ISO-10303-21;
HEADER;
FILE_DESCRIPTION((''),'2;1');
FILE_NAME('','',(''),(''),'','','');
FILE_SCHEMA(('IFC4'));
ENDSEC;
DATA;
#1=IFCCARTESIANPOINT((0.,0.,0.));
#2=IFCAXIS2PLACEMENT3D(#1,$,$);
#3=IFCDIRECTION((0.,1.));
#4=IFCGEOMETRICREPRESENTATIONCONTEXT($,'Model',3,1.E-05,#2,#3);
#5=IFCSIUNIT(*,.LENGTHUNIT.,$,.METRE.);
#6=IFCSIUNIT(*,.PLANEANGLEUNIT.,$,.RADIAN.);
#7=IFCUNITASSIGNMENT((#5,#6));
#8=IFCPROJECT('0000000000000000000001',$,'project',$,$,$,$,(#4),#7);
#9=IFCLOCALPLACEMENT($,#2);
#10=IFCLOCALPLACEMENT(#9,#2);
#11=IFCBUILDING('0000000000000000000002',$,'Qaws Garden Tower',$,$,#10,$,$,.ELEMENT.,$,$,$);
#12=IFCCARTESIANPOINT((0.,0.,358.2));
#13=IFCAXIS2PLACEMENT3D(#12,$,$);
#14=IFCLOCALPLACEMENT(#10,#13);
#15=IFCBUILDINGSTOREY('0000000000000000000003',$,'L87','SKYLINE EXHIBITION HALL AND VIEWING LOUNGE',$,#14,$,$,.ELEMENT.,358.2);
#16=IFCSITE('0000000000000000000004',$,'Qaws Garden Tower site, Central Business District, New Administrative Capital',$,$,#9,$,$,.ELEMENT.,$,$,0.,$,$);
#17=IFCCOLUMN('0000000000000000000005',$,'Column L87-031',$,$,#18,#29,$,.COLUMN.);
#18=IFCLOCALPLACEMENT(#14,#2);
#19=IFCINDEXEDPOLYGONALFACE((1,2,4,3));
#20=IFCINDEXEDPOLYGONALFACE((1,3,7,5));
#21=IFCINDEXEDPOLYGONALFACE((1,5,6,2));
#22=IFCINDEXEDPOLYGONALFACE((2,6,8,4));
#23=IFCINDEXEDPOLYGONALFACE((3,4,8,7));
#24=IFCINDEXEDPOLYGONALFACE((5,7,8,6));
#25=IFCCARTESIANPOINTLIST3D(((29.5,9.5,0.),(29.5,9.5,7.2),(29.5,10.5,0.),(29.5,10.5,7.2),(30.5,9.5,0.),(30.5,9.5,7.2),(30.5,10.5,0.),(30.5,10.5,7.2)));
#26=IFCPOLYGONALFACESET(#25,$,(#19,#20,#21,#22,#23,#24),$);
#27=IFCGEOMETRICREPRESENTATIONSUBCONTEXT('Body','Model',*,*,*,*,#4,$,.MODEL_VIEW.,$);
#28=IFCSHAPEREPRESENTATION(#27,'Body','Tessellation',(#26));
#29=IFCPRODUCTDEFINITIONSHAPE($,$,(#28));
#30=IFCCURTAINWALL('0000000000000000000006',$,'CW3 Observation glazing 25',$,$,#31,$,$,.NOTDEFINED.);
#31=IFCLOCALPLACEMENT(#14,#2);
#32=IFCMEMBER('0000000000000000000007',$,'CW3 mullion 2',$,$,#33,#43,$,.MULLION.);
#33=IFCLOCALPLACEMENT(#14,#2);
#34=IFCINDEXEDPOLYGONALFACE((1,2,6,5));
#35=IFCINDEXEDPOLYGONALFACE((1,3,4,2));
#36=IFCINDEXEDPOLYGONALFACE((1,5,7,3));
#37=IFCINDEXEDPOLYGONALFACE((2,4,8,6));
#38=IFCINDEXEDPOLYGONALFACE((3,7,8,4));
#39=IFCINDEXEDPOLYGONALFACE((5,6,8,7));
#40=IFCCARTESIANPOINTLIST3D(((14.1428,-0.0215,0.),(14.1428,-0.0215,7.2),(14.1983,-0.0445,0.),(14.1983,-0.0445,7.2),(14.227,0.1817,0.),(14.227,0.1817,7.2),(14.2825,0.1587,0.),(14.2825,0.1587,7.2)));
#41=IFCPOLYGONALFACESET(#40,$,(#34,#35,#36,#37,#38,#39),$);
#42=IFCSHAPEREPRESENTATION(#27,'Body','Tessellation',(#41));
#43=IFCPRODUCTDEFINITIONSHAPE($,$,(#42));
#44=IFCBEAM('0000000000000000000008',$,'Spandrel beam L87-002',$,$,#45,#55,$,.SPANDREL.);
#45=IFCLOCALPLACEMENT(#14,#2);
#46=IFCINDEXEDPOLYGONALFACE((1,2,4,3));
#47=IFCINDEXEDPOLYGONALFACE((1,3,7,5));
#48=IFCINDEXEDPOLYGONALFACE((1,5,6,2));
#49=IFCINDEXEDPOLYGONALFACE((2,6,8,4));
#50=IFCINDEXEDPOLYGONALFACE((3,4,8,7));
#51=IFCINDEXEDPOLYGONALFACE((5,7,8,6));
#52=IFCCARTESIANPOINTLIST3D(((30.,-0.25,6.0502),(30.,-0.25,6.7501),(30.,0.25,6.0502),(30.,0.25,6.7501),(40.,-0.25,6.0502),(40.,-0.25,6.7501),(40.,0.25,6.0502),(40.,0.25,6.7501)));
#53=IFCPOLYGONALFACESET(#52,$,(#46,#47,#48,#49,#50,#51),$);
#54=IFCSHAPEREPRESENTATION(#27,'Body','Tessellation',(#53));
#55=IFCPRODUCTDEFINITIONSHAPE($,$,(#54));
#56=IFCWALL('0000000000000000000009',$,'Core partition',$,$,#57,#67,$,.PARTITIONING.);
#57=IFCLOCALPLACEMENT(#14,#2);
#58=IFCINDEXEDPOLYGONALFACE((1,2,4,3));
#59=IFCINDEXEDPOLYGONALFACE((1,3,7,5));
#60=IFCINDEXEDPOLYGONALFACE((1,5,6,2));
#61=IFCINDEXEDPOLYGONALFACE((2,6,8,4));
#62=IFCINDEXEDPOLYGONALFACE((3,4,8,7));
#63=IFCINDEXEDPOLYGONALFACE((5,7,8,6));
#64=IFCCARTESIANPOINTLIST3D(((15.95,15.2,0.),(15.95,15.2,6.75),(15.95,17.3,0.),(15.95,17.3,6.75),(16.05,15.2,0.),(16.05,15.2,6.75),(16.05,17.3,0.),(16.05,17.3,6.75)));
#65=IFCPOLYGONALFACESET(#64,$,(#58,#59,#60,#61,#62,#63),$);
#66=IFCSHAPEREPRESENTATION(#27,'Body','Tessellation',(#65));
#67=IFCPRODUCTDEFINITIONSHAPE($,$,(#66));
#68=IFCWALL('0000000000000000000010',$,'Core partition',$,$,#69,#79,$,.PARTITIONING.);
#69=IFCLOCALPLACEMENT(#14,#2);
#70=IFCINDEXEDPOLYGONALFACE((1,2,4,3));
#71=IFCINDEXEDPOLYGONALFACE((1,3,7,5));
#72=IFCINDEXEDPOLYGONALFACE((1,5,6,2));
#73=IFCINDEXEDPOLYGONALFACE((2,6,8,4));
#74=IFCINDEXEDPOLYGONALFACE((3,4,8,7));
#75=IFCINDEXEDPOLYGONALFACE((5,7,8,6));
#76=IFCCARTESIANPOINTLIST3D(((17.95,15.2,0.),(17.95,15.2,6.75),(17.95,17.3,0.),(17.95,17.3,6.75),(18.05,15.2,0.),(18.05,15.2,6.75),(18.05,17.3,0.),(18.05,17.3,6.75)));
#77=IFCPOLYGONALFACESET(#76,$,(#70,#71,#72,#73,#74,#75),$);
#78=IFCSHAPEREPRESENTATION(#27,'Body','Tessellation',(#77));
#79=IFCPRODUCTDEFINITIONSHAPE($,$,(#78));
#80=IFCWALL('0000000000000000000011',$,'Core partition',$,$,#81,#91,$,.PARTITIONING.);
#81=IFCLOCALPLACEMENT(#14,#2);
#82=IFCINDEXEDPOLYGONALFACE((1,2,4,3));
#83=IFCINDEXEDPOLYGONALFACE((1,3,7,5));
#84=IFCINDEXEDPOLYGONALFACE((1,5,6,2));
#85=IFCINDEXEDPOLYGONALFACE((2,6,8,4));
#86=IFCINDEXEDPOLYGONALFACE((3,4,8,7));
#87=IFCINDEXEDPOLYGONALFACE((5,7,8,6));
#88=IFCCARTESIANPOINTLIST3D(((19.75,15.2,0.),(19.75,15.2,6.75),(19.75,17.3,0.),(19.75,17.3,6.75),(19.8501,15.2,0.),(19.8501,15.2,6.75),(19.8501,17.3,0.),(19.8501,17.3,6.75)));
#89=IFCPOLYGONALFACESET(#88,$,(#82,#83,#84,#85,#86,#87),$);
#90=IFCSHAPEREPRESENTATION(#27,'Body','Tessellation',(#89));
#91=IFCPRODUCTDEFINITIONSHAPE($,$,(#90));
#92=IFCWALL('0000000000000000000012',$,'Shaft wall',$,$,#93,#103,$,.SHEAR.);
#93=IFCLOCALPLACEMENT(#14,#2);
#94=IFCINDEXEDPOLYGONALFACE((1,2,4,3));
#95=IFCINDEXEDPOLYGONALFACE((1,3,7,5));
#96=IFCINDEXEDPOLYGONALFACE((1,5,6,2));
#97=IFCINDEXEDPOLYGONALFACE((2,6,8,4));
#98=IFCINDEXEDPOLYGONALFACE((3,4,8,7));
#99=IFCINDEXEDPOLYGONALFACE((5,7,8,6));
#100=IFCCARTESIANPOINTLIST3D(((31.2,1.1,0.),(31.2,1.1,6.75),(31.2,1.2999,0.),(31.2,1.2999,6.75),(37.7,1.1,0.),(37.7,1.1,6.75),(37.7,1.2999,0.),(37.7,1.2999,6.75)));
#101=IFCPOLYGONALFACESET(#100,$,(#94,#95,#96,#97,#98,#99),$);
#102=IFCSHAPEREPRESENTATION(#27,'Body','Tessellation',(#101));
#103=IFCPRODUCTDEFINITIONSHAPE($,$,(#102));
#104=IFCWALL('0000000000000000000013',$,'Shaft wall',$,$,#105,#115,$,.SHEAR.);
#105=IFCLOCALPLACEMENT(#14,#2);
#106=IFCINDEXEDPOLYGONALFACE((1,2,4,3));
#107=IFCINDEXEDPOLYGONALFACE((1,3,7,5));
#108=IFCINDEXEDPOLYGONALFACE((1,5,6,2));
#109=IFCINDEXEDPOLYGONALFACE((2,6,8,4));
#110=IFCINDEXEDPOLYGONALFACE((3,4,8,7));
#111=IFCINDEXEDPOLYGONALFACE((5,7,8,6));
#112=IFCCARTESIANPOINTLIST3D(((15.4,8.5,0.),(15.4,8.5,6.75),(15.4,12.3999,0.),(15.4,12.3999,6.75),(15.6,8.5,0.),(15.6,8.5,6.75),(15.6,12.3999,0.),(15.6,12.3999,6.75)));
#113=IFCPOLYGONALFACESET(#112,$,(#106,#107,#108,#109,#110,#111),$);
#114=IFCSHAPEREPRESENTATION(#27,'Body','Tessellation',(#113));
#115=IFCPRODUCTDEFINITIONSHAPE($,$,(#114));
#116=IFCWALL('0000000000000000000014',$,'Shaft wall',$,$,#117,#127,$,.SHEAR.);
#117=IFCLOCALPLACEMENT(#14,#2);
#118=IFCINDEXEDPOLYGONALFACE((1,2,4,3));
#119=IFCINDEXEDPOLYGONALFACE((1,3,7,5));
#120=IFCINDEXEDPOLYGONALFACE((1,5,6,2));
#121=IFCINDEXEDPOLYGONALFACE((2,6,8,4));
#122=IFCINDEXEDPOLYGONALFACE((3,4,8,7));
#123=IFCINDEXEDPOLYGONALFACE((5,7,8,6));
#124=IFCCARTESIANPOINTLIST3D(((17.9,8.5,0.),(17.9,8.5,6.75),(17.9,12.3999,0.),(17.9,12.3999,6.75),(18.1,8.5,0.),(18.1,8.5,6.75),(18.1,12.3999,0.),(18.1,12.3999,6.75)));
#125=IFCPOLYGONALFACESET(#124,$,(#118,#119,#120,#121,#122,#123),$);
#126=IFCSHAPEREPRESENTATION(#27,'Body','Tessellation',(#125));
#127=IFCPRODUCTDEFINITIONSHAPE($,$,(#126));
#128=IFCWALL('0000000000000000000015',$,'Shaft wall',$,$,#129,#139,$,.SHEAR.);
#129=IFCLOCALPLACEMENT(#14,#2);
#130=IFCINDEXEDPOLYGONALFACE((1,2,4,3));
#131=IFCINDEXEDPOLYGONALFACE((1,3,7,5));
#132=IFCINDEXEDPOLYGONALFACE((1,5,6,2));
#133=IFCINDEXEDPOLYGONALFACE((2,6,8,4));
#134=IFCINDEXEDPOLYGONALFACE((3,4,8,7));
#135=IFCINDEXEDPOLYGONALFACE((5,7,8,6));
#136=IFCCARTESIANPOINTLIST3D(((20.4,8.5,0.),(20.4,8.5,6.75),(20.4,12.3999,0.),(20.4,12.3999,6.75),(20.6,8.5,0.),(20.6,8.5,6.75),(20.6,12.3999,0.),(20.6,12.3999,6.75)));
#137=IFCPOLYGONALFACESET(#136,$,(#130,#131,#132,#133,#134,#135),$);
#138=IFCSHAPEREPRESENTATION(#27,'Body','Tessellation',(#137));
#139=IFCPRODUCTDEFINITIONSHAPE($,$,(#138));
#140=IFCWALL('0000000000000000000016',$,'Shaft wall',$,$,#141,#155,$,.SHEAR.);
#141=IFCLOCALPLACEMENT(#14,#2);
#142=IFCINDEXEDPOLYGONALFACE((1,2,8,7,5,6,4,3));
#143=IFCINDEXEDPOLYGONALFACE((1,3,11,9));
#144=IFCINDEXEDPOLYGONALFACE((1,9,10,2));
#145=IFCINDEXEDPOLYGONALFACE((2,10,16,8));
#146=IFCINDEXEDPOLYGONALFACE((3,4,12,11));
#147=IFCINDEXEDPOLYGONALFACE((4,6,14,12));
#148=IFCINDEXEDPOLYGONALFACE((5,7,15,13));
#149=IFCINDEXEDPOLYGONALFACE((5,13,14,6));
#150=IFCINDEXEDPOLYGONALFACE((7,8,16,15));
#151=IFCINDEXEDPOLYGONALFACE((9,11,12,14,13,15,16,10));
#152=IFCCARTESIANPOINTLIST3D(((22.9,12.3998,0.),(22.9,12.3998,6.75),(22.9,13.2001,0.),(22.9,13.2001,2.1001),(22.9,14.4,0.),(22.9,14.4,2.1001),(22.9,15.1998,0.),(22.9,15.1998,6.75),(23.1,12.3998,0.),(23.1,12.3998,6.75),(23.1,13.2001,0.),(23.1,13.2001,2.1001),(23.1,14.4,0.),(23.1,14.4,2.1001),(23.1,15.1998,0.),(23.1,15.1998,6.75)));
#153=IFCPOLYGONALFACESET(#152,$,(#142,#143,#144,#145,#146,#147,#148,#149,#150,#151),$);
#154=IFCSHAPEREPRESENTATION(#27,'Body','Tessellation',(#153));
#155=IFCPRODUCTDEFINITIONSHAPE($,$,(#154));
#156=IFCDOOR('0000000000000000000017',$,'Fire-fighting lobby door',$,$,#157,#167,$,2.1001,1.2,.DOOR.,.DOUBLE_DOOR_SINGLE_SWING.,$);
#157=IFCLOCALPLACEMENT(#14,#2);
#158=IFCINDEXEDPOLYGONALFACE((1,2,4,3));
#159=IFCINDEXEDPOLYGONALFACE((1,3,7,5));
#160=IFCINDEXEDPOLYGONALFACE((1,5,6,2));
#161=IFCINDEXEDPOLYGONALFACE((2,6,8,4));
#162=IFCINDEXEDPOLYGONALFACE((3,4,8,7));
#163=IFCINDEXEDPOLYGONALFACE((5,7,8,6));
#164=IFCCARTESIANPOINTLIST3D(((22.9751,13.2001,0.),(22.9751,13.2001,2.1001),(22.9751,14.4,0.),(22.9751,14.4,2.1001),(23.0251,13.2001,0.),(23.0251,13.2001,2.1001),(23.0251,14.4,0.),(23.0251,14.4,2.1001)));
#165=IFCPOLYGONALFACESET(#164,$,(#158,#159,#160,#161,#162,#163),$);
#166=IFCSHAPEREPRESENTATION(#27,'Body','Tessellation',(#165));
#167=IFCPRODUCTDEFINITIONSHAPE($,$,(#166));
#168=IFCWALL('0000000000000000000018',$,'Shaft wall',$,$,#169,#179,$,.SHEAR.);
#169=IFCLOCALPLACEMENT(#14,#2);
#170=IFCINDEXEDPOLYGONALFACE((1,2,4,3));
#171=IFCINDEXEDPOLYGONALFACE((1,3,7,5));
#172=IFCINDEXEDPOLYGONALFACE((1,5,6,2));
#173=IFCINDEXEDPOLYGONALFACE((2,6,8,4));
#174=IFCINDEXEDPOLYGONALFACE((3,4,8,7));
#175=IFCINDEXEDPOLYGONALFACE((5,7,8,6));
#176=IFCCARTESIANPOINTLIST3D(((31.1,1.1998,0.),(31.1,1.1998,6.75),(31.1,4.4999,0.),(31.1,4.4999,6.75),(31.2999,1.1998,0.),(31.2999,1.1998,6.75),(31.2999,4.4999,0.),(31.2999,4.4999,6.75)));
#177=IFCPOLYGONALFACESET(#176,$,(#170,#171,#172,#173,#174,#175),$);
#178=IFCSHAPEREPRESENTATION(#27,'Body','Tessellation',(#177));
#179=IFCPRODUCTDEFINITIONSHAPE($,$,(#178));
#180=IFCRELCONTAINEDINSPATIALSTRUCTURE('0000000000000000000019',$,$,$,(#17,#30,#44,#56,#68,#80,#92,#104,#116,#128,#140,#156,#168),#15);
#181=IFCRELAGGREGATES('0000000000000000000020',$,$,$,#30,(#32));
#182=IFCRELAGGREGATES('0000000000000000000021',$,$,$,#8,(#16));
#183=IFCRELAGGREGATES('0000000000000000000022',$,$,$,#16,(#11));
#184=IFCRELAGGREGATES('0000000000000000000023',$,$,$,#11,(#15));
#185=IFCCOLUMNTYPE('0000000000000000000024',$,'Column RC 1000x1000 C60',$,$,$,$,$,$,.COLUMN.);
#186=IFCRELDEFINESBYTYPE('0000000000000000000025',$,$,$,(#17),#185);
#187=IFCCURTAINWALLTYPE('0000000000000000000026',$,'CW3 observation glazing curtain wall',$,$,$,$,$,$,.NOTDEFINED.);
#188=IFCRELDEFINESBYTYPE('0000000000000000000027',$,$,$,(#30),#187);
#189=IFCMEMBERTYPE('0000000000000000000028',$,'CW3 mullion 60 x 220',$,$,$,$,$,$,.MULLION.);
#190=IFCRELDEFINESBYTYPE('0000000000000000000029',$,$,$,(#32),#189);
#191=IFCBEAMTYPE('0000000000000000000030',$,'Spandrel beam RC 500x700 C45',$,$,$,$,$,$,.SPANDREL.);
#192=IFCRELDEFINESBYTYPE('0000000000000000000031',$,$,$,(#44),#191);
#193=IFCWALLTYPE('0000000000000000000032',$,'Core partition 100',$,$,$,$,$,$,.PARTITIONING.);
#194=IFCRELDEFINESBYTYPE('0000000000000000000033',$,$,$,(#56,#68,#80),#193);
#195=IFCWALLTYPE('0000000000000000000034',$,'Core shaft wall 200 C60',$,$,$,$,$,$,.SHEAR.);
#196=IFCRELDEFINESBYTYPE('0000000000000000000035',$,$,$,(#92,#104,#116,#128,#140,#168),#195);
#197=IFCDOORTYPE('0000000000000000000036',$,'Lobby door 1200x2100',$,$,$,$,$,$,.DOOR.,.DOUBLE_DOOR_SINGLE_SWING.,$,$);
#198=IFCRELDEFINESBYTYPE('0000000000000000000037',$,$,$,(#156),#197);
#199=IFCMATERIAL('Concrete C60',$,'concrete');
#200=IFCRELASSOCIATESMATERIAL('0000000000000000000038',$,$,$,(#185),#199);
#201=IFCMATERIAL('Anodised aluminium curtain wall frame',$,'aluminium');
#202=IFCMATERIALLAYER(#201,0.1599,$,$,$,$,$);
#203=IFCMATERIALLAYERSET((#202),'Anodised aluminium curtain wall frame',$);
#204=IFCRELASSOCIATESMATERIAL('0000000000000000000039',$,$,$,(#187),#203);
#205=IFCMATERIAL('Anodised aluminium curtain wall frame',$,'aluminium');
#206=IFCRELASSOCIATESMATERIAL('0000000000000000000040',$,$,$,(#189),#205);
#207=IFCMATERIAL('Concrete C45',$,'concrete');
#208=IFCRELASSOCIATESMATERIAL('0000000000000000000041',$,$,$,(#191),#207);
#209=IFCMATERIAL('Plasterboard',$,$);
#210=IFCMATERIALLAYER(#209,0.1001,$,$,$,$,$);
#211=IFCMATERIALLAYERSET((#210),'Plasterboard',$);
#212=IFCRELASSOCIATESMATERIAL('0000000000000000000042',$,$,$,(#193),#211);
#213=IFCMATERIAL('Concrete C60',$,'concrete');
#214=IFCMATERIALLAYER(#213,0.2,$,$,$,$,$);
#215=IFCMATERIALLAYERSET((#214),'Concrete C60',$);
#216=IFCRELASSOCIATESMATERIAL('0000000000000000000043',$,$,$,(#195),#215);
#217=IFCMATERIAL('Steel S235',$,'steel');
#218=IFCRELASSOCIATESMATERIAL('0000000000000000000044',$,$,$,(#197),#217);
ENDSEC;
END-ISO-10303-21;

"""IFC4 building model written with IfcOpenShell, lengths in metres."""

from ifc_helpers import new_model, si_unit, direction, frame, frame_2d, origin, origin_2d, place, context, subcontext, project, spatial, rectangle, extrude, material, layer, layer_set, material_profile, profile_set, type_object, element, fill, aggregate, save


model = new_model("IFC4")

# Units and contexts
model_context = context("Model", 3, precision=1e-05, world=origin(), true_north=direction((0.0, 1.0)))
body_context = subcontext(model_context, "Body", "Model", "MODEL_VIEW")
ifc_project = project(units=[si_unit("LENGTHUNIT", "METRE"), si_unit("PLANEANGLEUNIT", "RADIAN")], contexts=[model_context])

# Site, building, storey
site_placement = place(None, origin())
site = spatial("IfcSite", under=ifc_project, at=site_placement, Name="Qaws Garden Tower site, Central Business District, New Administrative Capital", CompositionType="ELEMENT", RefElevation=0.0)
building_placement = place(site_placement, origin())
building = spatial("IfcBuilding", under=site, at=building_placement, Name="Qaws Garden Tower", CompositionType="ELEMENT")
storey_placement = place(building_placement, frame((0.0, 0.0, 358.2)))
storey = spatial("IfcBuildingStorey", under=building, at=storey_placement, Name="L87", Description="SKYLINE EXHIBITION HALL AND VIEWING LOUNGE", CompositionType="ELEMENT", Elevation=358.2)

# Column
ifc_material_1 = material(Name="Concrete C60", Category="concrete")
ifc_material_profile_1 = material_profile(ifc_material_1, rectangle(XDim=1.0, YDim=1.0, at=origin_2d()), Name="RC 1000x1000")
ifc_profile_set_1 = profile_set([ifc_material_profile_1], Name="Concrete C60")
column_type = type_object("IfcColumnType", Name="Column RC 1000x1000 C60", PredefinedType="COLUMN", material=ifc_profile_set_1)
column_placement = place(storey_placement, frame((30.0, 10.0, 0.0), z_axis=(0.0, 0.0, 1.0), x_axis=(1.0, 0.0, 0.0)))
element("IfcColumn", 1, at=column_placement, inside=storey, type_object=column_type, Name="Column L87-031", PredefinedType="COLUMN", context=body_context, shape_type="SweptSolid", body=[
    extrude(rectangle(XDim=1.0, YDim=1.0, at=origin_2d()), origin(), (0.0, 0.0, 1.0), 7.2),
])

# Curtain wall, member
ifc_material_2 = material(Name="Anodised aluminium curtain wall frame", Category="aluminium")
ifc_layer_1 = layer(ifc_material_2, 0.1599)
ifc_layer_set_1 = layer_set([ifc_layer_1], Name="Anodised aluminium curtain wall frame")
curtain_wall_type = type_object("IfcCurtainWallType", Name="CW3 observation glazing curtain wall", PredefinedType="NOTDEFINED", material=ifc_layer_set_1)
curtain_wall_placement = place(storey_placement, origin())
curtain_wall = element("IfcCurtainWall", 2, at=curtain_wall_placement, inside=storey, type_object=curtain_wall_type, Name="CW3 Observation glazing 25", PredefinedType="NOTDEFINED")
ifc_material_3 = material(Name="Anodised aluminium curtain wall frame", Category="aluminium")
ifc_material_profile_2 = material_profile(ifc_material_3, rectangle(XDim=0.22, YDim=0.0601, at=origin_2d()), Name="AL 60x220")
ifc_profile_set_2 = profile_set([ifc_material_profile_2], Name="Anodised aluminium curtain wall frame")
member_type = type_object("IfcMemberType", Name="CW3 mullion 60 x 220", PredefinedType="MULLION", material=ifc_profile_set_2)
member_placement = place(storey_placement, frame((14.2126, 0.0686, 0.0), z_axis=(0.0, 0.0, 1.0), x_axis=(0.382683, 0.92388, 0.0)))
member = element("IfcMember", 3, at=member_placement, type_object=member_type, Name="CW3 mullion 2", PredefinedType="MULLION", context=body_context, shape_type="SweptSolid", body=[
    extrude(rectangle(XDim=0.22, YDim=0.0601, at=origin_2d()), origin(), (0.0, 0.0, 1.0), 7.2),
])
aggregate(curtain_wall, [member])

# Beam
ifc_material_4 = material(Name="Concrete C45", Category="concrete")
ifc_material_profile_3 = material_profile(ifc_material_4, rectangle(XDim=0.5, YDim=0.7, at=origin_2d()), Name="RC 500x700")
ifc_profile_set_3 = profile_set([ifc_material_profile_3], Name="Concrete C45")
beam_type = type_object("IfcBeamType", Name="Spandrel beam RC 500x700 C45", PredefinedType="SPANDREL", material=ifc_profile_set_3)
beam_placement = place(storey_placement, frame((30.0, 0.0, 6.4001), z_axis=(1.0, 0.0, 0.0), x_axis=(0.0, 1.0, 0.0)))
element("IfcBeam", 4, at=beam_placement, inside=storey, type_object=beam_type, Name="Spandrel beam L87-002", PredefinedType="SPANDREL", context=body_context, shape_type="SweptSolid", body=[
    extrude(rectangle(XDim=0.5, YDim=0.7, at=origin_2d()), origin(), (0.0, 0.0, 1.0), 10.0),
])

# Walls
ifc_material_5 = material(Name="Plasterboard")
ifc_layer_2 = layer(ifc_material_5, 0.1001)
ifc_layer_set_2 = layer_set([ifc_layer_2], Name="Plasterboard")
wall_type_1 = type_object("IfcWallType", Name="Core partition 100", PredefinedType="PARTITIONING", material=ifc_layer_set_2)
for number, where, z_axis, x_axis, name in (
    (5, (16.0, 15.2, 0.0), (0.0, 0.0, 1.0), (0.0, 1.0, 0.0), "Core partition"),
    (6, (18.0, 15.2, 0.0), (0.0, 0.0, 1.0), (0.0, 1.0, 0.0), "Core partition"),
    (7, (19.8, 15.2, 0.0), (0.0, 0.0, 1.0), (0.0, 1.0, 0.0), "Core partition"),
):
    element("IfcWall", number, at=place(storey_placement, frame(where, z_axis=z_axis, x_axis=x_axis)), inside=storey, type_object=wall_type_1, Name=name, PredefinedType="PARTITIONING", context=body_context, shape_type="SweptSolid", body=[
        extrude(rectangle(XDim=2.1001, YDim=0.1001, at=frame_2d((1.05, 0.0))), origin(), (0.0, 0.0, 1.0), 6.75),
    ])
ifc_material_6 = material(Name="Concrete C60", Category="concrete")
ifc_layer_3 = layer(ifc_material_6, 0.2)
ifc_layer_set_3 = layer_set([ifc_layer_3], Name="Concrete C60")
wall_type_2 = type_object("IfcWallType", Name="Core shaft wall 200 C60", PredefinedType="SHEAR", material=ifc_layer_set_3)
wall_1_placement = place(storey_placement, frame((31.2, 1.2, 0.0), z_axis=(0.0, 0.0, 1.0), x_axis=(1.0, 0.0, 0.0)))
element("IfcWall", 8, at=wall_1_placement, inside=storey, type_object=wall_type_2, Name="Shaft wall", PredefinedType="SHEAR", context=body_context, shape_type="SweptSolid", body=[
    extrude(rectangle(XDim=6.5, YDim=0.2, at=frame_2d((3.25, 0.0))), origin(), (0.0, 0.0, 1.0), 6.75),
])
for number, where, z_axis, x_axis, name in (
    (9, (15.5, 8.5, 0.0), (0.0, 0.0, 1.0), (0.0, 1.0, 0.0), "Shaft wall"),
    (10, (18.0, 8.5, 0.0), (0.0, 0.0, 1.0), (0.0, 1.0, 0.0), "Shaft wall"),
    (11, (20.5, 8.5, 0.0), (0.0, 0.0, 1.0), (0.0, 1.0, 0.0), "Shaft wall"),
):
    element("IfcWall", number, at=place(storey_placement, frame(where, z_axis=z_axis, x_axis=x_axis)), inside=storey, type_object=wall_type_2, Name=name, PredefinedType="SHEAR", context=body_context, shape_type="SweptSolid", body=[
        extrude(rectangle(XDim=3.8999, YDim=0.2, at=frame_2d((1.95, 0.0))), origin(), (0.0, 0.0, 1.0), 6.75),
    ])

# Wall, opening, door
wall_2_placement = place(storey_placement, frame((23.0, 12.3999, 0.0), z_axis=(0.0, 0.0, 1.0), x_axis=(0.0, 1.0, 0.0)))
wall_2 = element("IfcWall", 12, at=wall_2_placement, inside=storey, type_object=wall_type_2, Name="Shaft wall", PredefinedType="SHEAR", context=body_context, shape_type="SweptSolid", body=[
    extrude(rectangle(XDim=2.8, YDim=0.2, at=frame_2d((1.3999, 0.0))), origin(), (0.0, 0.0, 1.0), 6.75),
])
opening_1_placement = place(wall_2_placement, frame((0.8, 0.0, 0.0)))
opening_1 = element("IfcOpeningElement", 13, at=opening_1_placement, cuts=wall_2, PredefinedType="OPENING", context=body_context, shape_type="SweptSolid", body=[
    extrude(rectangle(XDim=1.2, YDim=2.1001, at=frame_2d((0.6001, 1.05))), frame((0.0, 0.1099, 0.0), z_axis=(0.0, -1.0, 0.0), x_axis=(1.0, 0.0, 0.0)), (0.0, 0.0, 1.0), 0.22),
])
ifc_material_7 = material(Name="Steel S235", Category="steel")
door_type_1 = type_object("IfcDoorType", Name="Lobby door 1200x2100", OperationType="DOUBLE_DOOR_SINGLE_SWING", PredefinedType="DOOR", material=ifc_material_7)
door_1_placement = place(opening_1_placement, origin())
door_1 = element("IfcDoor", 14, at=door_1_placement, inside=storey, type_object=door_type_1, Name="Fire-fighting lobby door", OperationType="DOUBLE_DOOR_SINGLE_SWING", OverallHeight=2.1001, OverallWidth=1.2, PredefinedType="DOOR", context=body_context, shape_type="SweptSolid", body=[
    extrude(rectangle(XDim=1.2, YDim=2.1001, at=frame_2d((0.6001, 1.05))), frame((0.0, 0.0249, 0.0), z_axis=(0.0, -1.0, 0.0), x_axis=(1.0, 0.0, 0.0)), (0.0, 0.0, 1.0), 0.05),
])
fill(opening_1, door_1)

# Wall
wall_3_placement = place(storey_placement, frame((31.2, 1.2, 0.0), z_axis=(0.0, 0.0, 1.0), x_axis=(0.0, 1.0, 0.0)))
element("IfcWall", 15, at=wall_3_placement, inside=storey, type_object=wall_type_2, Name="Shaft wall", PredefinedType="SHEAR", context=body_context, shape_type="SweptSolid", body=[
    extrude(rectangle(XDim=3.3, YDim=0.2, at=frame_2d((1.6499, 0.0))), origin(), (0.0, 0.0, 1.0), 6.75),
])

save(model, "model.ifc")
